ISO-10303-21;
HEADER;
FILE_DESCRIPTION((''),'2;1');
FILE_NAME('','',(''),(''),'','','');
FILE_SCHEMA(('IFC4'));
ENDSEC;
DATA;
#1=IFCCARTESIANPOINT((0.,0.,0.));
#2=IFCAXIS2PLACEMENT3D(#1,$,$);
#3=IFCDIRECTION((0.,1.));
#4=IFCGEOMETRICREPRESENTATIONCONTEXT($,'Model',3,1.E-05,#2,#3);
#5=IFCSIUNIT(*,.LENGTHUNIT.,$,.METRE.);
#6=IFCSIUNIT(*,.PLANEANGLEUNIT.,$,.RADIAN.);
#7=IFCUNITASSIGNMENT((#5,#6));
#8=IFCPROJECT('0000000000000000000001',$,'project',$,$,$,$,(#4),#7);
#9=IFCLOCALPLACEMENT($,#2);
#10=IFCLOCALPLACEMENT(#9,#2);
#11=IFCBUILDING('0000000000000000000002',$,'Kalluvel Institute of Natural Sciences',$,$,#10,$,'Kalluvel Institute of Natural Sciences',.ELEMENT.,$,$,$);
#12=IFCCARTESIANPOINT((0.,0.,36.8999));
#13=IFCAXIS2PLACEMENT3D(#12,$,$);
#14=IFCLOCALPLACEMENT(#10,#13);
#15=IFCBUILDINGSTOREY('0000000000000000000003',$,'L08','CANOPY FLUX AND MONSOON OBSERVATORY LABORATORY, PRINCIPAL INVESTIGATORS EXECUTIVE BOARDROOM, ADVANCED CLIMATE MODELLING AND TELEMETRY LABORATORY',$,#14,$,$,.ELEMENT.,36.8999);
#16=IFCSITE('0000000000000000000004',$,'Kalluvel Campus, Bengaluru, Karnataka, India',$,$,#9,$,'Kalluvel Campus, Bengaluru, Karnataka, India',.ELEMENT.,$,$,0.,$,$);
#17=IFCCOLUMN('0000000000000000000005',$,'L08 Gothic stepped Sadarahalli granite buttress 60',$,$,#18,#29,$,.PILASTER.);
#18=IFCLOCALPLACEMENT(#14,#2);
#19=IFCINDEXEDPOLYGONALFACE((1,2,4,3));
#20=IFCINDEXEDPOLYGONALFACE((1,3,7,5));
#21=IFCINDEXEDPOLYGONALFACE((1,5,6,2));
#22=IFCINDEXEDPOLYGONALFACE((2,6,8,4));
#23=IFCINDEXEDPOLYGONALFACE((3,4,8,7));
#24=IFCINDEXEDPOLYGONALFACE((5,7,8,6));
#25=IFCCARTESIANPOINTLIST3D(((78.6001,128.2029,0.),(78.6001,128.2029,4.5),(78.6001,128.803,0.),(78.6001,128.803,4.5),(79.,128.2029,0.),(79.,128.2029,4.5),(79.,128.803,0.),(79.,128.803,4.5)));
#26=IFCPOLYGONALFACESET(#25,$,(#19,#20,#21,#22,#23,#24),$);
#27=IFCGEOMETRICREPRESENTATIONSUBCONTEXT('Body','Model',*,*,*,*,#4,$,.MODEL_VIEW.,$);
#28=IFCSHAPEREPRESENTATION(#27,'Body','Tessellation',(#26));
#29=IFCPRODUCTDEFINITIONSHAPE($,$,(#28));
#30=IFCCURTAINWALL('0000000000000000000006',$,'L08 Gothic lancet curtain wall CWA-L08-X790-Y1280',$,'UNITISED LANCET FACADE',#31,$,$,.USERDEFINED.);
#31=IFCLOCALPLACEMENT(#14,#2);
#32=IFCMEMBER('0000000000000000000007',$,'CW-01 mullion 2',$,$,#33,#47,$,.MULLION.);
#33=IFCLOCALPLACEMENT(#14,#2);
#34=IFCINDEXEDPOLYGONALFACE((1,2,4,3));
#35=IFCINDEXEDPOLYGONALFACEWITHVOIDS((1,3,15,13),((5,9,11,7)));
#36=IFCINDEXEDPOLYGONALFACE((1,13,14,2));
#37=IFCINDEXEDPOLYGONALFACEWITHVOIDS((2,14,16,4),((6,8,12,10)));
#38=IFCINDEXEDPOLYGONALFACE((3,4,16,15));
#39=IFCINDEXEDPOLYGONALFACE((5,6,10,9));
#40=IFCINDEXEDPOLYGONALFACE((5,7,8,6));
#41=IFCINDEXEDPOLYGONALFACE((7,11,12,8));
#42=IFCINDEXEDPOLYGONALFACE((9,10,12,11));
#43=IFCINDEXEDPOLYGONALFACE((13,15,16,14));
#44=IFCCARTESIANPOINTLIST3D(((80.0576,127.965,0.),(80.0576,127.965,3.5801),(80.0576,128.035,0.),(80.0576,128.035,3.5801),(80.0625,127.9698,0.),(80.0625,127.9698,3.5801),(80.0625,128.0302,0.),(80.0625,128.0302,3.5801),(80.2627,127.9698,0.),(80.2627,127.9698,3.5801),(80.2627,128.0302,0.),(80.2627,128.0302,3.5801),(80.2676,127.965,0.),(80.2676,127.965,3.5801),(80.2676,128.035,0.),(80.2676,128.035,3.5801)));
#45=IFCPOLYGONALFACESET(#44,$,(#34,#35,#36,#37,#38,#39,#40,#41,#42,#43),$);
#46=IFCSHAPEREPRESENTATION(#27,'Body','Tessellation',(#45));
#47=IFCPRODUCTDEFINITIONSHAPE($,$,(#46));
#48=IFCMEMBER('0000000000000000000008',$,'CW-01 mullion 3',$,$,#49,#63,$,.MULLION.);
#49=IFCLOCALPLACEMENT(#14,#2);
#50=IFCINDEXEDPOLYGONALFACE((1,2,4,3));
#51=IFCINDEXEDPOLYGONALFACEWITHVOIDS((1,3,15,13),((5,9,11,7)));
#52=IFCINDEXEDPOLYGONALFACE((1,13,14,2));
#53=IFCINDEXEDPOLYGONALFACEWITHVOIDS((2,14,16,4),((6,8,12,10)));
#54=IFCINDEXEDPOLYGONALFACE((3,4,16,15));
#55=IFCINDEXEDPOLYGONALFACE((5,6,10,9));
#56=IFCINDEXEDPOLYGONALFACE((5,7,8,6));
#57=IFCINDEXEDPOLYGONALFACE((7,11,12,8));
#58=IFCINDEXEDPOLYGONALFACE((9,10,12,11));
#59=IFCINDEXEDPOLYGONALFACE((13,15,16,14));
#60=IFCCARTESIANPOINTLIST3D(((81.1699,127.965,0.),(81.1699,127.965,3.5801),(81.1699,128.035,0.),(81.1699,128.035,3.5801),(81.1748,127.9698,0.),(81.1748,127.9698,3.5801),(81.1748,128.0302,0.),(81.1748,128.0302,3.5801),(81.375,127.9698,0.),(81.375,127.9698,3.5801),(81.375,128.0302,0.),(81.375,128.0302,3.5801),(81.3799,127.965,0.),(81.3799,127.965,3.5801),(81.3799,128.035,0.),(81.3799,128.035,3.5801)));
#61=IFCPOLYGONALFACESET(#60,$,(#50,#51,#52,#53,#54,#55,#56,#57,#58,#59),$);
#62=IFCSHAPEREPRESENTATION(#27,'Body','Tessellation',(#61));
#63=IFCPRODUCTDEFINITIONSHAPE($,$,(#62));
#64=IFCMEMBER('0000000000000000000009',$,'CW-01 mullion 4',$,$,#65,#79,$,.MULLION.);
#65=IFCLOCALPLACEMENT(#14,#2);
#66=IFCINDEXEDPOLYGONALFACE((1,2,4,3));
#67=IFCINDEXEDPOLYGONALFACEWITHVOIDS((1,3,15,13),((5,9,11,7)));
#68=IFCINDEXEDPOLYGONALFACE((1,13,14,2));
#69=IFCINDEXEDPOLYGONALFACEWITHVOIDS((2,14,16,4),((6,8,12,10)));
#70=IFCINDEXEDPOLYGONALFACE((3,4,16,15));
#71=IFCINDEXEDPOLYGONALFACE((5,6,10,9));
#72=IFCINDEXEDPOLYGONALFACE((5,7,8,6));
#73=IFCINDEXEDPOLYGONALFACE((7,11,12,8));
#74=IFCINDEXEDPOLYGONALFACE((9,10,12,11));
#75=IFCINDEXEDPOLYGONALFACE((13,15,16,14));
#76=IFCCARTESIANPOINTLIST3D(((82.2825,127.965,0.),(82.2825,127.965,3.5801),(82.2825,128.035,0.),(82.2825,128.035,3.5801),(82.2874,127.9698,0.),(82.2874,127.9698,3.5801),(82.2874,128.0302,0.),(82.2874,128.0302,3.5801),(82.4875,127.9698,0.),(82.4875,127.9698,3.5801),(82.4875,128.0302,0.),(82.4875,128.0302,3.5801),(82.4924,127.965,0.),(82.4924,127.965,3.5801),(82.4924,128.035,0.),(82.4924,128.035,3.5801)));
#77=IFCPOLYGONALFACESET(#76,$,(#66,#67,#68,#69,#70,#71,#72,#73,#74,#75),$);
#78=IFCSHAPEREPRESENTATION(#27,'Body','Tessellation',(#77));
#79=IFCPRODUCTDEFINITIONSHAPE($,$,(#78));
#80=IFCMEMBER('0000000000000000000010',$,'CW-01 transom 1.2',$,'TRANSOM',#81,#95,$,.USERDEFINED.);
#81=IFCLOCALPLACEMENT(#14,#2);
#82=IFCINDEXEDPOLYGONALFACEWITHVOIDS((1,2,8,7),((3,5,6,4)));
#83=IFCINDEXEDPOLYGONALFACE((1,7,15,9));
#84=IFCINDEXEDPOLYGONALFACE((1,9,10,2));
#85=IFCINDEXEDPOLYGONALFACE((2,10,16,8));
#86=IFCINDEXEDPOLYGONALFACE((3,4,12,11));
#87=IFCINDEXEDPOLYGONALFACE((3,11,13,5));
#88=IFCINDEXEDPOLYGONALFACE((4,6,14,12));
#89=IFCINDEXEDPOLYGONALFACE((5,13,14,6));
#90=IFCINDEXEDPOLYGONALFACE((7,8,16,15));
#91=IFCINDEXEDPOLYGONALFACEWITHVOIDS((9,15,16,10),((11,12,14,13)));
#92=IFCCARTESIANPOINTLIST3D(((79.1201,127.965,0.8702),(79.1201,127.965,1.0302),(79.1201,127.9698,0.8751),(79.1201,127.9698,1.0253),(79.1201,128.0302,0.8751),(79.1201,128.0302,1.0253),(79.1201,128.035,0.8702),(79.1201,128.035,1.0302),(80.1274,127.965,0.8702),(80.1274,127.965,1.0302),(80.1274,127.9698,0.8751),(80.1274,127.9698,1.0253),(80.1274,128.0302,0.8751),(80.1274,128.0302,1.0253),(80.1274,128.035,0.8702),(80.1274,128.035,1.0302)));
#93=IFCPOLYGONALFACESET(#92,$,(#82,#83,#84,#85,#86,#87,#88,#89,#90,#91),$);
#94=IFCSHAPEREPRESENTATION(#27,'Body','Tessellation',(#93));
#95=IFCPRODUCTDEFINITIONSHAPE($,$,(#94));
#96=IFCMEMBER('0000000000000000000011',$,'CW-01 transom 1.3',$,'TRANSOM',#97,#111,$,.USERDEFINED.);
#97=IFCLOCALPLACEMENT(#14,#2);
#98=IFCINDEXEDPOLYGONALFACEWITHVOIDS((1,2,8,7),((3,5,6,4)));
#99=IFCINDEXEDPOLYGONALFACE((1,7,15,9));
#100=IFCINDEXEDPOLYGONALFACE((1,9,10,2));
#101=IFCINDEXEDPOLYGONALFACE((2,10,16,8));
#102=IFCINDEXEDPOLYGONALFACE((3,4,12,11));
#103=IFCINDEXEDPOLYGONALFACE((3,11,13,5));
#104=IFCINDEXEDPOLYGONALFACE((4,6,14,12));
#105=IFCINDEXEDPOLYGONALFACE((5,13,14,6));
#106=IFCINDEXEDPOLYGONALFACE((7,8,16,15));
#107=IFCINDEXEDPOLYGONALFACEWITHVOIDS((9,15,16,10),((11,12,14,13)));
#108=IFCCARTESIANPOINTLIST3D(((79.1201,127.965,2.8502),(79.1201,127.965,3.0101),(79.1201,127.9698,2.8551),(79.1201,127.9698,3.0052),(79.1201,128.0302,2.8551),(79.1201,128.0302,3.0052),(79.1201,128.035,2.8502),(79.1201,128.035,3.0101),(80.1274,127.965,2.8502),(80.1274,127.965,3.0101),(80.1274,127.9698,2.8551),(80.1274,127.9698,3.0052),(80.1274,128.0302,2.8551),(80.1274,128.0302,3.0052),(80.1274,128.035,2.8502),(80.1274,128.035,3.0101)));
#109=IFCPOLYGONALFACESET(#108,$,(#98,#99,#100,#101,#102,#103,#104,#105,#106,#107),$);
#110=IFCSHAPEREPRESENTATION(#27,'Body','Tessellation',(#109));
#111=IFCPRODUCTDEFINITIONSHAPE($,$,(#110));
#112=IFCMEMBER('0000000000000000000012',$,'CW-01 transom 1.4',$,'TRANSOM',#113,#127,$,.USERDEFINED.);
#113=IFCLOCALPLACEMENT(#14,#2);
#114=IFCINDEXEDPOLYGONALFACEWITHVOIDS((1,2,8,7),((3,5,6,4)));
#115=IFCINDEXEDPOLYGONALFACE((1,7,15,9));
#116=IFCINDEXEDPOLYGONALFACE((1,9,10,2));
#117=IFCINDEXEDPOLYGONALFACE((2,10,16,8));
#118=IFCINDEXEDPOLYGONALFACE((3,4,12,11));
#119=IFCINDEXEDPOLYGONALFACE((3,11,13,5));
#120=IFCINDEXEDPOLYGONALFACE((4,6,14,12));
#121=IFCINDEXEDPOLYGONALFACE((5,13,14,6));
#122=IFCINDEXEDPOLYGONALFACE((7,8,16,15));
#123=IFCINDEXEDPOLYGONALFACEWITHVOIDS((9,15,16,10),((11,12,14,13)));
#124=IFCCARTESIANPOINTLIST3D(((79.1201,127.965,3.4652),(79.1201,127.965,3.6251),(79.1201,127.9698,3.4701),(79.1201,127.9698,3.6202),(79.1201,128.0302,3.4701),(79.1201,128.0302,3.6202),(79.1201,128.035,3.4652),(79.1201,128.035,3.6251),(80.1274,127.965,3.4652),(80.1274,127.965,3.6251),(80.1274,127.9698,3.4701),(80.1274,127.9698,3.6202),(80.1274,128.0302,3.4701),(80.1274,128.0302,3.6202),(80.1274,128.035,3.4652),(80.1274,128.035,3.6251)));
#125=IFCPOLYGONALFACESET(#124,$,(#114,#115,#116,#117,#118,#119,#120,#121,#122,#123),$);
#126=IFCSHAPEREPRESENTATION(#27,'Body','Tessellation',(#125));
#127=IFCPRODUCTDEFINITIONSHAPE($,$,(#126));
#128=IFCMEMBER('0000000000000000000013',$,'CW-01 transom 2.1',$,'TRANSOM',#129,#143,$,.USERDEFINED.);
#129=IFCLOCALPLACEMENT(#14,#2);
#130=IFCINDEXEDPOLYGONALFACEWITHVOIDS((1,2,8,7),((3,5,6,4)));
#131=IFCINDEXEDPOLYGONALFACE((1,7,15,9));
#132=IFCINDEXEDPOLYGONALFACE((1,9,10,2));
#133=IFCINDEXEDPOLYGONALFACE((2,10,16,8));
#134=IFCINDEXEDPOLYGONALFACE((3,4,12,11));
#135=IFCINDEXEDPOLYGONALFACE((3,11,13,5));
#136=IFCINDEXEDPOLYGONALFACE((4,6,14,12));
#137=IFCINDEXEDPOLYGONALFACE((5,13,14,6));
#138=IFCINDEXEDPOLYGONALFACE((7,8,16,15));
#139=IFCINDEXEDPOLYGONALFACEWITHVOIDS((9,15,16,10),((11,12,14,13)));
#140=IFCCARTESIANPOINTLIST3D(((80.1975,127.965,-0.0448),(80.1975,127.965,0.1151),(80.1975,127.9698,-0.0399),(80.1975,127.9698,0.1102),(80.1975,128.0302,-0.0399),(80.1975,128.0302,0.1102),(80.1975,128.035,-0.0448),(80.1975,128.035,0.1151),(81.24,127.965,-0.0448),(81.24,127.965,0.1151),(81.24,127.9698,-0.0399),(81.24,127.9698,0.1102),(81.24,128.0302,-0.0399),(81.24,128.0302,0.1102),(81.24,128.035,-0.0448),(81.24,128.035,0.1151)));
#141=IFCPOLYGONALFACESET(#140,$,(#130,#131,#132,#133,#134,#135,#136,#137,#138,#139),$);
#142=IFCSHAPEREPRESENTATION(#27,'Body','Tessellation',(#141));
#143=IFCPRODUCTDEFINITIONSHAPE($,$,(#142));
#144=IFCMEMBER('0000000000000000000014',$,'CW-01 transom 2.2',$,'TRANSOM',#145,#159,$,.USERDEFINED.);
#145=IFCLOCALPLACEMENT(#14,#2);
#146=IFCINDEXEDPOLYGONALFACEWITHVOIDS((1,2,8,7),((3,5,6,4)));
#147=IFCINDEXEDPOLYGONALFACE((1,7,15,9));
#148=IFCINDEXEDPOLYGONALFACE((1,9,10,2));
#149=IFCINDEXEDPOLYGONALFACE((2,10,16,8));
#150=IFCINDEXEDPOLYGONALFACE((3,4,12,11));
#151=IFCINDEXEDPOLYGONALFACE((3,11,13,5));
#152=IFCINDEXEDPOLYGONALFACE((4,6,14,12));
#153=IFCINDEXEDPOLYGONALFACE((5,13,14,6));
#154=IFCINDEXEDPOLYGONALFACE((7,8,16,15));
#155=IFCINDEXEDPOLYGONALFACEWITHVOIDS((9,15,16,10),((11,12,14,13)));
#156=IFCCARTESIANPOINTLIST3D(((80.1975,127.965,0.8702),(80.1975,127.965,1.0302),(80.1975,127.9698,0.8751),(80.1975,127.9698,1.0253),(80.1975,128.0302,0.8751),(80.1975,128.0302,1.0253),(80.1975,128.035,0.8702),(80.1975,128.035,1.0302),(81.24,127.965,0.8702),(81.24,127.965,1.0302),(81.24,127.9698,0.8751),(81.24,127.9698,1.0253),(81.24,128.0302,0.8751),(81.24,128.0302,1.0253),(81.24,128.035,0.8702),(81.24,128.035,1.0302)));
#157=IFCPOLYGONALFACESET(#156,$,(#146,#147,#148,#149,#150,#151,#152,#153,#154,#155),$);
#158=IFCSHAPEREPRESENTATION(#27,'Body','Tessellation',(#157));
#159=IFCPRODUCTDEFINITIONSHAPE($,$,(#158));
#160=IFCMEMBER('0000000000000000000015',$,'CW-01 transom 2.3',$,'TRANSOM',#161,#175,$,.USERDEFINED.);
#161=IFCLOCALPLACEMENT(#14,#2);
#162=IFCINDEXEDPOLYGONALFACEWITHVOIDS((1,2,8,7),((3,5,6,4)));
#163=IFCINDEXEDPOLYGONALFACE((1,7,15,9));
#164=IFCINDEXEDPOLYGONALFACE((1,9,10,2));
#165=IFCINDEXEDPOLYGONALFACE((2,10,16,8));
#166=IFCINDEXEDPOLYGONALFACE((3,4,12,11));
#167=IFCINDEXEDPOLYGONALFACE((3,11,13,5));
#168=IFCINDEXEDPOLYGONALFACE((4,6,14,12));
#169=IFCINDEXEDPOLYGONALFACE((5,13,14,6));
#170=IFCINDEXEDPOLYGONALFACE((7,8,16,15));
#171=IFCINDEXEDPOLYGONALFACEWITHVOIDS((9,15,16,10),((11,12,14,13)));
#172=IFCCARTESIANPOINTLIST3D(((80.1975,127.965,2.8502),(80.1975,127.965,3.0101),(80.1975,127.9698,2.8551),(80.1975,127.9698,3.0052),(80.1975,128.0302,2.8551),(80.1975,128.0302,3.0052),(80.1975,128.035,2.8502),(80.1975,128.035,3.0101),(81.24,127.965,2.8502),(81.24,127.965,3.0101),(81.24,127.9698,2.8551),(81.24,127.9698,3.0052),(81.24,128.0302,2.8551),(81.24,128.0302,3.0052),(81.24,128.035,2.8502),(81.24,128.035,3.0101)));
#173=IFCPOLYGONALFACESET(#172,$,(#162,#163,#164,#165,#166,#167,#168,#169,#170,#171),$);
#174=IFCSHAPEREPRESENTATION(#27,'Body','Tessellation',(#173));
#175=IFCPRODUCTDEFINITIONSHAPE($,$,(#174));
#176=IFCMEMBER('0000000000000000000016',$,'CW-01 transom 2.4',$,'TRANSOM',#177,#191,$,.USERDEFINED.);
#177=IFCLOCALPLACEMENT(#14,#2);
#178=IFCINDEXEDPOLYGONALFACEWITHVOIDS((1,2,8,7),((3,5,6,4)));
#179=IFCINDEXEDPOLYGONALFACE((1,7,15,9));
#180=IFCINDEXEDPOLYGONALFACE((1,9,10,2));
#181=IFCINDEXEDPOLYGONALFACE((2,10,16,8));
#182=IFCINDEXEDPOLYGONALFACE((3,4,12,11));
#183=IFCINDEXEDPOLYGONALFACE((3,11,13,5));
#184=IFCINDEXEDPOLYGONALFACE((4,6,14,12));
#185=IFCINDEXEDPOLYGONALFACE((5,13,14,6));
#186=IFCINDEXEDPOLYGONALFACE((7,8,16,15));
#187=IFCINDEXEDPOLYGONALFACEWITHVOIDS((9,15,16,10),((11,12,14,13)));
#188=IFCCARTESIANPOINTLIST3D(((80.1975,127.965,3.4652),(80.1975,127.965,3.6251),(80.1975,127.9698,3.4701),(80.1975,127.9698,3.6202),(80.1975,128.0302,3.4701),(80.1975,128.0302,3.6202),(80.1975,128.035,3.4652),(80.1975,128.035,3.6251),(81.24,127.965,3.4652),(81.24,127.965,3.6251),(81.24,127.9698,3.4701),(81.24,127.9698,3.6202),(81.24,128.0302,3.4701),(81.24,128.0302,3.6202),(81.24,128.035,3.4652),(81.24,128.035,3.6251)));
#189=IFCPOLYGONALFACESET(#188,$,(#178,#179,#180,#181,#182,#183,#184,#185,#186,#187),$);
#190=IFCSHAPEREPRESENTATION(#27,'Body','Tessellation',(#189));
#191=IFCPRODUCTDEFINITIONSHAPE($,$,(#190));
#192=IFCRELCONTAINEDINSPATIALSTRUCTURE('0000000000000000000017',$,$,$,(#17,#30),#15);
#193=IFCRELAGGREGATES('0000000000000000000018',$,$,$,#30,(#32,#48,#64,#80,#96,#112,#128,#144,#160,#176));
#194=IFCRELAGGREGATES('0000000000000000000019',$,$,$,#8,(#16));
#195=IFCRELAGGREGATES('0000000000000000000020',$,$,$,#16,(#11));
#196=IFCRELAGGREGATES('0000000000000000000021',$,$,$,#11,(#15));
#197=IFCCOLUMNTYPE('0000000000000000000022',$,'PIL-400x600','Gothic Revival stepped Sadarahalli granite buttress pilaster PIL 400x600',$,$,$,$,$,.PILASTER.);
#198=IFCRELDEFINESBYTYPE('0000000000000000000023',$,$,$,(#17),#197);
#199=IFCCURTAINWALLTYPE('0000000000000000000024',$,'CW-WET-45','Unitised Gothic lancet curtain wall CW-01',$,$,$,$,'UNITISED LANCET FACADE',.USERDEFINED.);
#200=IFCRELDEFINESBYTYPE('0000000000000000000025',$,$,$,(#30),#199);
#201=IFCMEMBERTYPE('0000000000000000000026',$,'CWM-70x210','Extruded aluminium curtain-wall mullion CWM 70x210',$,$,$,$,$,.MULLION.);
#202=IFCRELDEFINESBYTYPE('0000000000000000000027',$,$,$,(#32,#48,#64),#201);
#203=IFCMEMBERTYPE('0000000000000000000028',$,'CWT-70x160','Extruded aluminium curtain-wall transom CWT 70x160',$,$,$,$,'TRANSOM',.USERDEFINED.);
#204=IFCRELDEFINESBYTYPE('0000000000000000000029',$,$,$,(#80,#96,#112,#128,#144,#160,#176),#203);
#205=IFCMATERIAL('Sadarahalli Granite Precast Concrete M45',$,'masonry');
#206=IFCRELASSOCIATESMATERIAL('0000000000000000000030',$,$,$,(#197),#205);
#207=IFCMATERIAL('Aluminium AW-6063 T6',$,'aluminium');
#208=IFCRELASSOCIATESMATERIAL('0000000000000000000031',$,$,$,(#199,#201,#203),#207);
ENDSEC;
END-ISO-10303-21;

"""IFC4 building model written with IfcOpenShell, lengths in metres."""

from ifc_helpers import new_model, si_unit, direction, frame, origin, origin_2d, place, context, subcontext, project, spatial, rectangle, hollow_rectangle, extrude, material, material_profile, profile_set, type_object, element, aggregate, save


model = new_model("IFC4")

# Units and contexts
model_context = context("Model", 3, precision=1e-05, world=origin(), true_north=direction((0.0, 1.0)))
body_context = subcontext(model_context, "Body", "Model", "MODEL_VIEW")
ifc_project = project(units=[si_unit("LENGTHUNIT", "METRE"), si_unit("PLANEANGLEUNIT", "RADIAN")], contexts=[model_context])

# Site, building, storey
site_placement = place(None, origin())
site = spatial("IfcSite", under=ifc_project, at=site_placement, Name="Kalluvel Campus, Bengaluru, Karnataka, India", LongName="Kalluvel Campus, Bengaluru, Karnataka, India", CompositionType="ELEMENT", RefElevation=0.0)
building_placement = place(site_placement, origin())
building = spatial("IfcBuilding", under=site, at=building_placement, Name="Kalluvel Institute of Natural Sciences", LongName="Kalluvel Institute of Natural Sciences", CompositionType="ELEMENT")
storey_placement = place(building_placement, frame((0.0, 0.0, 36.8999)))
storey = spatial("IfcBuildingStorey", under=building, at=storey_placement, Name="L08", Description="CANOPY FLUX AND MONSOON OBSERVATORY LABORATORY, PRINCIPAL INVESTIGATORS EXECUTIVE BOARDROOM, ADVANCED CLIMATE MODELLING AND TELEMETRY LABORATORY", CompositionType="ELEMENT", Elevation=36.8999)

# Column
ifc_material_1 = material(Name="Sadarahalli Granite Precast Concrete M45", Category="masonry")
ifc_material_profile_1 = material_profile(ifc_material_1, rectangle(XDim=0.3999, YDim=0.6001, at=origin_2d()), Name="PIL 400x600")
ifc_profile_set_1 = profile_set([ifc_material_profile_1], Name="Sadarahalli Granite Precast Concrete M45")
column_type = type_object("IfcColumnType", Name="PIL-400x600", Description="Gothic Revival stepped Sadarahalli granite buttress pilaster PIL 400x600", PredefinedType="PILASTER", material=ifc_profile_set_1)
column_placement = place(storey_placement, frame((78.8, 128.5029, 0.0), z_axis=(0.0, 0.0, 1.0), x_axis=(1.0, 0.0, 0.0)))
element("IfcColumn", 1, at=column_placement, inside=storey, type_object=column_type, Name="L08 Gothic stepped Sadarahalli granite buttress 60", PredefinedType="PILASTER", context=body_context, shape_type="SweptSolid", body=[
    extrude(rectangle(XDim=0.3999, YDim=0.6001, at=origin_2d()), origin(), (0.0, 0.0, 1.0), 4.5),
])

# Curtain wall, members
ifc_material_2 = material(Name="Aluminium AW-6063 T6", Category="aluminium")
curtain_wall_type = type_object("IfcCurtainWallType", Name="CW-WET-45", Description="Unitised Gothic lancet curtain wall CW-01", ElementType="UNITISED LANCET FACADE", PredefinedType="USERDEFINED", material=ifc_material_2)
curtain_wall_placement = place(storey_placement, origin())
curtain_wall = element("IfcCurtainWall", 2, at=curtain_wall_placement, inside=storey, type_object=curtain_wall_type, Name="L08 Gothic lancet curtain wall CWA-L08-X790-Y1280", ObjectType="UNITISED LANCET FACADE", PredefinedType="USERDEFINED")
ifc_material_profile_2 = material_profile(ifc_material_2, hollow_rectangle(XDim=0.0701, YDim=0.21, WallThickness=0.0049, at=origin_2d()), Name="CWM 70x210")
ifc_profile_set_2 = profile_set([ifc_material_profile_2], Name="Aluminium AW-6063 T6")
member_type_1 = type_object("IfcMemberType", Name="CWM-70x210", Description="Extruded aluminium curtain-wall mullion CWM 70x210", PredefinedType="MULLION", material=ifc_profile_set_2)
member_1_placement = place(storey_placement, frame((80.1626, 128.0, 0.0), z_axis=(0.0, 0.0, 1.0), x_axis=(0.0, 1.0, 0.0)))
member_1 = element("IfcMember", 3, at=member_1_placement, type_object=member_type_1, Name="CW-01 mullion 2", PredefinedType="MULLION", context=body_context, shape_type="SweptSolid", body=[
    extrude(hollow_rectangle(XDim=0.0701, YDim=0.21, WallThickness=0.0049, at=origin_2d()), origin(), (0.0, 0.0, 1.0), 3.5801),
])
member_2_placement = place(storey_placement, frame((81.2749, 128.0, 0.0), z_axis=(0.0, 0.0, 1.0), x_axis=(0.0, 1.0, 0.0)))
member_2 = element("IfcMember", 4, at=member_2_placement, type_object=member_type_1, Name="CW-01 mullion 3", PredefinedType="MULLION", context=body_context, shape_type="SweptSolid", body=[
    extrude(hollow_rectangle(XDim=0.0701, YDim=0.21, WallThickness=0.0049, at=origin_2d()), origin(), (0.0, 0.0, 1.0), 3.5801),
])
member_3_placement = place(storey_placement, frame((82.3875, 128.0, 0.0), z_axis=(0.0, 0.0, 1.0), x_axis=(0.0, 1.0, 0.0)))
member_3 = element("IfcMember", 5, at=member_3_placement, type_object=member_type_1, Name="CW-01 mullion 4", PredefinedType="MULLION", context=body_context, shape_type="SweptSolid", body=[
    extrude(hollow_rectangle(XDim=0.0701, YDim=0.21, WallThickness=0.0049, at=origin_2d()), origin(), (0.0, 0.0, 1.0), 3.5801),
])
ifc_material_profile_3 = material_profile(ifc_material_2, hollow_rectangle(XDim=0.0701, YDim=0.1599, WallThickness=0.0049, at=origin_2d()), Name="CWT 70x160")
ifc_profile_set_3 = profile_set([ifc_material_profile_3], Name="Aluminium AW-6063 T6")
member_type_2 = type_object("IfcMemberType", Name="CWT-70x160", Description="Extruded aluminium curtain-wall transom CWT 70x160", ElementType="TRANSOM", PredefinedType="USERDEFINED", material=ifc_profile_set_3)
member_4_placement = place(storey_placement, frame((79.1201, 128.0, 0.9502), z_axis=(1.0, 0.0, 0.0), x_axis=(0.0, 1.0, 0.0)))
member_4 = element("IfcMember", 6, at=member_4_placement, type_object=member_type_2, Name="CW-01 transom 1.2", ObjectType="TRANSOM", PredefinedType="USERDEFINED", context=body_context, shape_type="SweptSolid", body=[
    extrude(hollow_rectangle(XDim=0.0701, YDim=0.1599, WallThickness=0.0049, at=origin_2d()), origin(), (0.0, 0.0, 1.0), 1.0073),
])
member_5_placement = place(storey_placement, frame((79.1201, 128.0, 2.9302), z_axis=(1.0, 0.0, 0.0), x_axis=(0.0, 1.0, 0.0)))
member_5 = element("IfcMember", 7, at=member_5_placement, type_object=member_type_2, Name="CW-01 transom 1.3", ObjectType="TRANSOM", PredefinedType="USERDEFINED", context=body_context, shape_type="SweptSolid", body=[
    extrude(hollow_rectangle(XDim=0.0701, YDim=0.1599, WallThickness=0.0049, at=origin_2d()), origin(), (0.0, 0.0, 1.0), 1.0073),
])
member_6_placement = place(storey_placement, frame((79.1201, 128.0, 3.5452), z_axis=(1.0, 0.0, 0.0), x_axis=(0.0, 1.0, 0.0)))
member_6 = element("IfcMember", 8, at=member_6_placement, type_object=member_type_2, Name="CW-01 transom 1.4", ObjectType="TRANSOM", PredefinedType="USERDEFINED", context=body_context, shape_type="SweptSolid", body=[
    extrude(hollow_rectangle(XDim=0.0701, YDim=0.1599, WallThickness=0.0049, at=origin_2d()), origin(), (0.0, 0.0, 1.0), 1.0073),
])
member_7_placement = place(storey_placement, frame((80.1975, 128.0, 0.0352), z_axis=(1.0, 0.0, 0.0), x_axis=(0.0, 1.0, 0.0)))
member_7 = element("IfcMember", 9, at=member_7_placement, type_object=member_type_2, Name="CW-01 transom 2.1", ObjectType="TRANSOM", PredefinedType="USERDEFINED", context=body_context, shape_type="SweptSolid", body=[
    extrude(hollow_rectangle(XDim=0.0701, YDim=0.1599, WallThickness=0.0049, at=origin_2d()), origin(), (0.0, 0.0, 1.0), 1.0425),
])
member_8_placement = place(storey_placement, frame((80.1975, 128.0, 0.9502), z_axis=(1.0, 0.0, 0.0), x_axis=(0.0, 1.0, 0.0)))
member_8 = element("IfcMember", 10, at=member_8_placement, type_object=member_type_2, Name="CW-01 transom 2.2", ObjectType="TRANSOM", PredefinedType="USERDEFINED", context=body_context, shape_type="SweptSolid", body=[
    extrude(hollow_rectangle(XDim=0.0701, YDim=0.1599, WallThickness=0.0049, at=origin_2d()), origin(), (0.0, 0.0, 1.0), 1.0425),
])
member_9_placement = place(storey_placement, frame((80.1975, 128.0, 2.9302), z_axis=(1.0, 0.0, 0.0), x_axis=(0.0, 1.0, 0.0)))
member_9 = element("IfcMember", 11, at=member_9_placement, type_object=member_type_2, Name="CW-01 transom 2.3", ObjectType="TRANSOM", PredefinedType="USERDEFINED", context=body_context, shape_type="SweptSolid", body=[
    extrude(hollow_rectangle(XDim=0.0701, YDim=0.1599, WallThickness=0.0049, at=origin_2d()), origin(), (0.0, 0.0, 1.0), 1.0425),
])
member_10_placement = place(storey_placement, frame((80.1975, 128.0, 3.5452), z_axis=(1.0, 0.0, 0.0), x_axis=(0.0, 1.0, 0.0)))
member_10 = element("IfcMember", 12, at=member_10_placement, type_object=member_type_2, Name="CW-01 transom 2.4", ObjectType="TRANSOM", PredefinedType="USERDEFINED", context=body_context, shape_type="SweptSolid", body=[
    extrude(hollow_rectangle(XDim=0.0701, YDim=0.1599, WallThickness=0.0049, at=origin_2d()), origin(), (0.0, 0.0, 1.0), 1.0425),
])
aggregate(curtain_wall, [member_1, member_2, member_3, member_4, member_5, member_6, member_7, member_8, member_9, member_10])

save(model, "model.ifc")
